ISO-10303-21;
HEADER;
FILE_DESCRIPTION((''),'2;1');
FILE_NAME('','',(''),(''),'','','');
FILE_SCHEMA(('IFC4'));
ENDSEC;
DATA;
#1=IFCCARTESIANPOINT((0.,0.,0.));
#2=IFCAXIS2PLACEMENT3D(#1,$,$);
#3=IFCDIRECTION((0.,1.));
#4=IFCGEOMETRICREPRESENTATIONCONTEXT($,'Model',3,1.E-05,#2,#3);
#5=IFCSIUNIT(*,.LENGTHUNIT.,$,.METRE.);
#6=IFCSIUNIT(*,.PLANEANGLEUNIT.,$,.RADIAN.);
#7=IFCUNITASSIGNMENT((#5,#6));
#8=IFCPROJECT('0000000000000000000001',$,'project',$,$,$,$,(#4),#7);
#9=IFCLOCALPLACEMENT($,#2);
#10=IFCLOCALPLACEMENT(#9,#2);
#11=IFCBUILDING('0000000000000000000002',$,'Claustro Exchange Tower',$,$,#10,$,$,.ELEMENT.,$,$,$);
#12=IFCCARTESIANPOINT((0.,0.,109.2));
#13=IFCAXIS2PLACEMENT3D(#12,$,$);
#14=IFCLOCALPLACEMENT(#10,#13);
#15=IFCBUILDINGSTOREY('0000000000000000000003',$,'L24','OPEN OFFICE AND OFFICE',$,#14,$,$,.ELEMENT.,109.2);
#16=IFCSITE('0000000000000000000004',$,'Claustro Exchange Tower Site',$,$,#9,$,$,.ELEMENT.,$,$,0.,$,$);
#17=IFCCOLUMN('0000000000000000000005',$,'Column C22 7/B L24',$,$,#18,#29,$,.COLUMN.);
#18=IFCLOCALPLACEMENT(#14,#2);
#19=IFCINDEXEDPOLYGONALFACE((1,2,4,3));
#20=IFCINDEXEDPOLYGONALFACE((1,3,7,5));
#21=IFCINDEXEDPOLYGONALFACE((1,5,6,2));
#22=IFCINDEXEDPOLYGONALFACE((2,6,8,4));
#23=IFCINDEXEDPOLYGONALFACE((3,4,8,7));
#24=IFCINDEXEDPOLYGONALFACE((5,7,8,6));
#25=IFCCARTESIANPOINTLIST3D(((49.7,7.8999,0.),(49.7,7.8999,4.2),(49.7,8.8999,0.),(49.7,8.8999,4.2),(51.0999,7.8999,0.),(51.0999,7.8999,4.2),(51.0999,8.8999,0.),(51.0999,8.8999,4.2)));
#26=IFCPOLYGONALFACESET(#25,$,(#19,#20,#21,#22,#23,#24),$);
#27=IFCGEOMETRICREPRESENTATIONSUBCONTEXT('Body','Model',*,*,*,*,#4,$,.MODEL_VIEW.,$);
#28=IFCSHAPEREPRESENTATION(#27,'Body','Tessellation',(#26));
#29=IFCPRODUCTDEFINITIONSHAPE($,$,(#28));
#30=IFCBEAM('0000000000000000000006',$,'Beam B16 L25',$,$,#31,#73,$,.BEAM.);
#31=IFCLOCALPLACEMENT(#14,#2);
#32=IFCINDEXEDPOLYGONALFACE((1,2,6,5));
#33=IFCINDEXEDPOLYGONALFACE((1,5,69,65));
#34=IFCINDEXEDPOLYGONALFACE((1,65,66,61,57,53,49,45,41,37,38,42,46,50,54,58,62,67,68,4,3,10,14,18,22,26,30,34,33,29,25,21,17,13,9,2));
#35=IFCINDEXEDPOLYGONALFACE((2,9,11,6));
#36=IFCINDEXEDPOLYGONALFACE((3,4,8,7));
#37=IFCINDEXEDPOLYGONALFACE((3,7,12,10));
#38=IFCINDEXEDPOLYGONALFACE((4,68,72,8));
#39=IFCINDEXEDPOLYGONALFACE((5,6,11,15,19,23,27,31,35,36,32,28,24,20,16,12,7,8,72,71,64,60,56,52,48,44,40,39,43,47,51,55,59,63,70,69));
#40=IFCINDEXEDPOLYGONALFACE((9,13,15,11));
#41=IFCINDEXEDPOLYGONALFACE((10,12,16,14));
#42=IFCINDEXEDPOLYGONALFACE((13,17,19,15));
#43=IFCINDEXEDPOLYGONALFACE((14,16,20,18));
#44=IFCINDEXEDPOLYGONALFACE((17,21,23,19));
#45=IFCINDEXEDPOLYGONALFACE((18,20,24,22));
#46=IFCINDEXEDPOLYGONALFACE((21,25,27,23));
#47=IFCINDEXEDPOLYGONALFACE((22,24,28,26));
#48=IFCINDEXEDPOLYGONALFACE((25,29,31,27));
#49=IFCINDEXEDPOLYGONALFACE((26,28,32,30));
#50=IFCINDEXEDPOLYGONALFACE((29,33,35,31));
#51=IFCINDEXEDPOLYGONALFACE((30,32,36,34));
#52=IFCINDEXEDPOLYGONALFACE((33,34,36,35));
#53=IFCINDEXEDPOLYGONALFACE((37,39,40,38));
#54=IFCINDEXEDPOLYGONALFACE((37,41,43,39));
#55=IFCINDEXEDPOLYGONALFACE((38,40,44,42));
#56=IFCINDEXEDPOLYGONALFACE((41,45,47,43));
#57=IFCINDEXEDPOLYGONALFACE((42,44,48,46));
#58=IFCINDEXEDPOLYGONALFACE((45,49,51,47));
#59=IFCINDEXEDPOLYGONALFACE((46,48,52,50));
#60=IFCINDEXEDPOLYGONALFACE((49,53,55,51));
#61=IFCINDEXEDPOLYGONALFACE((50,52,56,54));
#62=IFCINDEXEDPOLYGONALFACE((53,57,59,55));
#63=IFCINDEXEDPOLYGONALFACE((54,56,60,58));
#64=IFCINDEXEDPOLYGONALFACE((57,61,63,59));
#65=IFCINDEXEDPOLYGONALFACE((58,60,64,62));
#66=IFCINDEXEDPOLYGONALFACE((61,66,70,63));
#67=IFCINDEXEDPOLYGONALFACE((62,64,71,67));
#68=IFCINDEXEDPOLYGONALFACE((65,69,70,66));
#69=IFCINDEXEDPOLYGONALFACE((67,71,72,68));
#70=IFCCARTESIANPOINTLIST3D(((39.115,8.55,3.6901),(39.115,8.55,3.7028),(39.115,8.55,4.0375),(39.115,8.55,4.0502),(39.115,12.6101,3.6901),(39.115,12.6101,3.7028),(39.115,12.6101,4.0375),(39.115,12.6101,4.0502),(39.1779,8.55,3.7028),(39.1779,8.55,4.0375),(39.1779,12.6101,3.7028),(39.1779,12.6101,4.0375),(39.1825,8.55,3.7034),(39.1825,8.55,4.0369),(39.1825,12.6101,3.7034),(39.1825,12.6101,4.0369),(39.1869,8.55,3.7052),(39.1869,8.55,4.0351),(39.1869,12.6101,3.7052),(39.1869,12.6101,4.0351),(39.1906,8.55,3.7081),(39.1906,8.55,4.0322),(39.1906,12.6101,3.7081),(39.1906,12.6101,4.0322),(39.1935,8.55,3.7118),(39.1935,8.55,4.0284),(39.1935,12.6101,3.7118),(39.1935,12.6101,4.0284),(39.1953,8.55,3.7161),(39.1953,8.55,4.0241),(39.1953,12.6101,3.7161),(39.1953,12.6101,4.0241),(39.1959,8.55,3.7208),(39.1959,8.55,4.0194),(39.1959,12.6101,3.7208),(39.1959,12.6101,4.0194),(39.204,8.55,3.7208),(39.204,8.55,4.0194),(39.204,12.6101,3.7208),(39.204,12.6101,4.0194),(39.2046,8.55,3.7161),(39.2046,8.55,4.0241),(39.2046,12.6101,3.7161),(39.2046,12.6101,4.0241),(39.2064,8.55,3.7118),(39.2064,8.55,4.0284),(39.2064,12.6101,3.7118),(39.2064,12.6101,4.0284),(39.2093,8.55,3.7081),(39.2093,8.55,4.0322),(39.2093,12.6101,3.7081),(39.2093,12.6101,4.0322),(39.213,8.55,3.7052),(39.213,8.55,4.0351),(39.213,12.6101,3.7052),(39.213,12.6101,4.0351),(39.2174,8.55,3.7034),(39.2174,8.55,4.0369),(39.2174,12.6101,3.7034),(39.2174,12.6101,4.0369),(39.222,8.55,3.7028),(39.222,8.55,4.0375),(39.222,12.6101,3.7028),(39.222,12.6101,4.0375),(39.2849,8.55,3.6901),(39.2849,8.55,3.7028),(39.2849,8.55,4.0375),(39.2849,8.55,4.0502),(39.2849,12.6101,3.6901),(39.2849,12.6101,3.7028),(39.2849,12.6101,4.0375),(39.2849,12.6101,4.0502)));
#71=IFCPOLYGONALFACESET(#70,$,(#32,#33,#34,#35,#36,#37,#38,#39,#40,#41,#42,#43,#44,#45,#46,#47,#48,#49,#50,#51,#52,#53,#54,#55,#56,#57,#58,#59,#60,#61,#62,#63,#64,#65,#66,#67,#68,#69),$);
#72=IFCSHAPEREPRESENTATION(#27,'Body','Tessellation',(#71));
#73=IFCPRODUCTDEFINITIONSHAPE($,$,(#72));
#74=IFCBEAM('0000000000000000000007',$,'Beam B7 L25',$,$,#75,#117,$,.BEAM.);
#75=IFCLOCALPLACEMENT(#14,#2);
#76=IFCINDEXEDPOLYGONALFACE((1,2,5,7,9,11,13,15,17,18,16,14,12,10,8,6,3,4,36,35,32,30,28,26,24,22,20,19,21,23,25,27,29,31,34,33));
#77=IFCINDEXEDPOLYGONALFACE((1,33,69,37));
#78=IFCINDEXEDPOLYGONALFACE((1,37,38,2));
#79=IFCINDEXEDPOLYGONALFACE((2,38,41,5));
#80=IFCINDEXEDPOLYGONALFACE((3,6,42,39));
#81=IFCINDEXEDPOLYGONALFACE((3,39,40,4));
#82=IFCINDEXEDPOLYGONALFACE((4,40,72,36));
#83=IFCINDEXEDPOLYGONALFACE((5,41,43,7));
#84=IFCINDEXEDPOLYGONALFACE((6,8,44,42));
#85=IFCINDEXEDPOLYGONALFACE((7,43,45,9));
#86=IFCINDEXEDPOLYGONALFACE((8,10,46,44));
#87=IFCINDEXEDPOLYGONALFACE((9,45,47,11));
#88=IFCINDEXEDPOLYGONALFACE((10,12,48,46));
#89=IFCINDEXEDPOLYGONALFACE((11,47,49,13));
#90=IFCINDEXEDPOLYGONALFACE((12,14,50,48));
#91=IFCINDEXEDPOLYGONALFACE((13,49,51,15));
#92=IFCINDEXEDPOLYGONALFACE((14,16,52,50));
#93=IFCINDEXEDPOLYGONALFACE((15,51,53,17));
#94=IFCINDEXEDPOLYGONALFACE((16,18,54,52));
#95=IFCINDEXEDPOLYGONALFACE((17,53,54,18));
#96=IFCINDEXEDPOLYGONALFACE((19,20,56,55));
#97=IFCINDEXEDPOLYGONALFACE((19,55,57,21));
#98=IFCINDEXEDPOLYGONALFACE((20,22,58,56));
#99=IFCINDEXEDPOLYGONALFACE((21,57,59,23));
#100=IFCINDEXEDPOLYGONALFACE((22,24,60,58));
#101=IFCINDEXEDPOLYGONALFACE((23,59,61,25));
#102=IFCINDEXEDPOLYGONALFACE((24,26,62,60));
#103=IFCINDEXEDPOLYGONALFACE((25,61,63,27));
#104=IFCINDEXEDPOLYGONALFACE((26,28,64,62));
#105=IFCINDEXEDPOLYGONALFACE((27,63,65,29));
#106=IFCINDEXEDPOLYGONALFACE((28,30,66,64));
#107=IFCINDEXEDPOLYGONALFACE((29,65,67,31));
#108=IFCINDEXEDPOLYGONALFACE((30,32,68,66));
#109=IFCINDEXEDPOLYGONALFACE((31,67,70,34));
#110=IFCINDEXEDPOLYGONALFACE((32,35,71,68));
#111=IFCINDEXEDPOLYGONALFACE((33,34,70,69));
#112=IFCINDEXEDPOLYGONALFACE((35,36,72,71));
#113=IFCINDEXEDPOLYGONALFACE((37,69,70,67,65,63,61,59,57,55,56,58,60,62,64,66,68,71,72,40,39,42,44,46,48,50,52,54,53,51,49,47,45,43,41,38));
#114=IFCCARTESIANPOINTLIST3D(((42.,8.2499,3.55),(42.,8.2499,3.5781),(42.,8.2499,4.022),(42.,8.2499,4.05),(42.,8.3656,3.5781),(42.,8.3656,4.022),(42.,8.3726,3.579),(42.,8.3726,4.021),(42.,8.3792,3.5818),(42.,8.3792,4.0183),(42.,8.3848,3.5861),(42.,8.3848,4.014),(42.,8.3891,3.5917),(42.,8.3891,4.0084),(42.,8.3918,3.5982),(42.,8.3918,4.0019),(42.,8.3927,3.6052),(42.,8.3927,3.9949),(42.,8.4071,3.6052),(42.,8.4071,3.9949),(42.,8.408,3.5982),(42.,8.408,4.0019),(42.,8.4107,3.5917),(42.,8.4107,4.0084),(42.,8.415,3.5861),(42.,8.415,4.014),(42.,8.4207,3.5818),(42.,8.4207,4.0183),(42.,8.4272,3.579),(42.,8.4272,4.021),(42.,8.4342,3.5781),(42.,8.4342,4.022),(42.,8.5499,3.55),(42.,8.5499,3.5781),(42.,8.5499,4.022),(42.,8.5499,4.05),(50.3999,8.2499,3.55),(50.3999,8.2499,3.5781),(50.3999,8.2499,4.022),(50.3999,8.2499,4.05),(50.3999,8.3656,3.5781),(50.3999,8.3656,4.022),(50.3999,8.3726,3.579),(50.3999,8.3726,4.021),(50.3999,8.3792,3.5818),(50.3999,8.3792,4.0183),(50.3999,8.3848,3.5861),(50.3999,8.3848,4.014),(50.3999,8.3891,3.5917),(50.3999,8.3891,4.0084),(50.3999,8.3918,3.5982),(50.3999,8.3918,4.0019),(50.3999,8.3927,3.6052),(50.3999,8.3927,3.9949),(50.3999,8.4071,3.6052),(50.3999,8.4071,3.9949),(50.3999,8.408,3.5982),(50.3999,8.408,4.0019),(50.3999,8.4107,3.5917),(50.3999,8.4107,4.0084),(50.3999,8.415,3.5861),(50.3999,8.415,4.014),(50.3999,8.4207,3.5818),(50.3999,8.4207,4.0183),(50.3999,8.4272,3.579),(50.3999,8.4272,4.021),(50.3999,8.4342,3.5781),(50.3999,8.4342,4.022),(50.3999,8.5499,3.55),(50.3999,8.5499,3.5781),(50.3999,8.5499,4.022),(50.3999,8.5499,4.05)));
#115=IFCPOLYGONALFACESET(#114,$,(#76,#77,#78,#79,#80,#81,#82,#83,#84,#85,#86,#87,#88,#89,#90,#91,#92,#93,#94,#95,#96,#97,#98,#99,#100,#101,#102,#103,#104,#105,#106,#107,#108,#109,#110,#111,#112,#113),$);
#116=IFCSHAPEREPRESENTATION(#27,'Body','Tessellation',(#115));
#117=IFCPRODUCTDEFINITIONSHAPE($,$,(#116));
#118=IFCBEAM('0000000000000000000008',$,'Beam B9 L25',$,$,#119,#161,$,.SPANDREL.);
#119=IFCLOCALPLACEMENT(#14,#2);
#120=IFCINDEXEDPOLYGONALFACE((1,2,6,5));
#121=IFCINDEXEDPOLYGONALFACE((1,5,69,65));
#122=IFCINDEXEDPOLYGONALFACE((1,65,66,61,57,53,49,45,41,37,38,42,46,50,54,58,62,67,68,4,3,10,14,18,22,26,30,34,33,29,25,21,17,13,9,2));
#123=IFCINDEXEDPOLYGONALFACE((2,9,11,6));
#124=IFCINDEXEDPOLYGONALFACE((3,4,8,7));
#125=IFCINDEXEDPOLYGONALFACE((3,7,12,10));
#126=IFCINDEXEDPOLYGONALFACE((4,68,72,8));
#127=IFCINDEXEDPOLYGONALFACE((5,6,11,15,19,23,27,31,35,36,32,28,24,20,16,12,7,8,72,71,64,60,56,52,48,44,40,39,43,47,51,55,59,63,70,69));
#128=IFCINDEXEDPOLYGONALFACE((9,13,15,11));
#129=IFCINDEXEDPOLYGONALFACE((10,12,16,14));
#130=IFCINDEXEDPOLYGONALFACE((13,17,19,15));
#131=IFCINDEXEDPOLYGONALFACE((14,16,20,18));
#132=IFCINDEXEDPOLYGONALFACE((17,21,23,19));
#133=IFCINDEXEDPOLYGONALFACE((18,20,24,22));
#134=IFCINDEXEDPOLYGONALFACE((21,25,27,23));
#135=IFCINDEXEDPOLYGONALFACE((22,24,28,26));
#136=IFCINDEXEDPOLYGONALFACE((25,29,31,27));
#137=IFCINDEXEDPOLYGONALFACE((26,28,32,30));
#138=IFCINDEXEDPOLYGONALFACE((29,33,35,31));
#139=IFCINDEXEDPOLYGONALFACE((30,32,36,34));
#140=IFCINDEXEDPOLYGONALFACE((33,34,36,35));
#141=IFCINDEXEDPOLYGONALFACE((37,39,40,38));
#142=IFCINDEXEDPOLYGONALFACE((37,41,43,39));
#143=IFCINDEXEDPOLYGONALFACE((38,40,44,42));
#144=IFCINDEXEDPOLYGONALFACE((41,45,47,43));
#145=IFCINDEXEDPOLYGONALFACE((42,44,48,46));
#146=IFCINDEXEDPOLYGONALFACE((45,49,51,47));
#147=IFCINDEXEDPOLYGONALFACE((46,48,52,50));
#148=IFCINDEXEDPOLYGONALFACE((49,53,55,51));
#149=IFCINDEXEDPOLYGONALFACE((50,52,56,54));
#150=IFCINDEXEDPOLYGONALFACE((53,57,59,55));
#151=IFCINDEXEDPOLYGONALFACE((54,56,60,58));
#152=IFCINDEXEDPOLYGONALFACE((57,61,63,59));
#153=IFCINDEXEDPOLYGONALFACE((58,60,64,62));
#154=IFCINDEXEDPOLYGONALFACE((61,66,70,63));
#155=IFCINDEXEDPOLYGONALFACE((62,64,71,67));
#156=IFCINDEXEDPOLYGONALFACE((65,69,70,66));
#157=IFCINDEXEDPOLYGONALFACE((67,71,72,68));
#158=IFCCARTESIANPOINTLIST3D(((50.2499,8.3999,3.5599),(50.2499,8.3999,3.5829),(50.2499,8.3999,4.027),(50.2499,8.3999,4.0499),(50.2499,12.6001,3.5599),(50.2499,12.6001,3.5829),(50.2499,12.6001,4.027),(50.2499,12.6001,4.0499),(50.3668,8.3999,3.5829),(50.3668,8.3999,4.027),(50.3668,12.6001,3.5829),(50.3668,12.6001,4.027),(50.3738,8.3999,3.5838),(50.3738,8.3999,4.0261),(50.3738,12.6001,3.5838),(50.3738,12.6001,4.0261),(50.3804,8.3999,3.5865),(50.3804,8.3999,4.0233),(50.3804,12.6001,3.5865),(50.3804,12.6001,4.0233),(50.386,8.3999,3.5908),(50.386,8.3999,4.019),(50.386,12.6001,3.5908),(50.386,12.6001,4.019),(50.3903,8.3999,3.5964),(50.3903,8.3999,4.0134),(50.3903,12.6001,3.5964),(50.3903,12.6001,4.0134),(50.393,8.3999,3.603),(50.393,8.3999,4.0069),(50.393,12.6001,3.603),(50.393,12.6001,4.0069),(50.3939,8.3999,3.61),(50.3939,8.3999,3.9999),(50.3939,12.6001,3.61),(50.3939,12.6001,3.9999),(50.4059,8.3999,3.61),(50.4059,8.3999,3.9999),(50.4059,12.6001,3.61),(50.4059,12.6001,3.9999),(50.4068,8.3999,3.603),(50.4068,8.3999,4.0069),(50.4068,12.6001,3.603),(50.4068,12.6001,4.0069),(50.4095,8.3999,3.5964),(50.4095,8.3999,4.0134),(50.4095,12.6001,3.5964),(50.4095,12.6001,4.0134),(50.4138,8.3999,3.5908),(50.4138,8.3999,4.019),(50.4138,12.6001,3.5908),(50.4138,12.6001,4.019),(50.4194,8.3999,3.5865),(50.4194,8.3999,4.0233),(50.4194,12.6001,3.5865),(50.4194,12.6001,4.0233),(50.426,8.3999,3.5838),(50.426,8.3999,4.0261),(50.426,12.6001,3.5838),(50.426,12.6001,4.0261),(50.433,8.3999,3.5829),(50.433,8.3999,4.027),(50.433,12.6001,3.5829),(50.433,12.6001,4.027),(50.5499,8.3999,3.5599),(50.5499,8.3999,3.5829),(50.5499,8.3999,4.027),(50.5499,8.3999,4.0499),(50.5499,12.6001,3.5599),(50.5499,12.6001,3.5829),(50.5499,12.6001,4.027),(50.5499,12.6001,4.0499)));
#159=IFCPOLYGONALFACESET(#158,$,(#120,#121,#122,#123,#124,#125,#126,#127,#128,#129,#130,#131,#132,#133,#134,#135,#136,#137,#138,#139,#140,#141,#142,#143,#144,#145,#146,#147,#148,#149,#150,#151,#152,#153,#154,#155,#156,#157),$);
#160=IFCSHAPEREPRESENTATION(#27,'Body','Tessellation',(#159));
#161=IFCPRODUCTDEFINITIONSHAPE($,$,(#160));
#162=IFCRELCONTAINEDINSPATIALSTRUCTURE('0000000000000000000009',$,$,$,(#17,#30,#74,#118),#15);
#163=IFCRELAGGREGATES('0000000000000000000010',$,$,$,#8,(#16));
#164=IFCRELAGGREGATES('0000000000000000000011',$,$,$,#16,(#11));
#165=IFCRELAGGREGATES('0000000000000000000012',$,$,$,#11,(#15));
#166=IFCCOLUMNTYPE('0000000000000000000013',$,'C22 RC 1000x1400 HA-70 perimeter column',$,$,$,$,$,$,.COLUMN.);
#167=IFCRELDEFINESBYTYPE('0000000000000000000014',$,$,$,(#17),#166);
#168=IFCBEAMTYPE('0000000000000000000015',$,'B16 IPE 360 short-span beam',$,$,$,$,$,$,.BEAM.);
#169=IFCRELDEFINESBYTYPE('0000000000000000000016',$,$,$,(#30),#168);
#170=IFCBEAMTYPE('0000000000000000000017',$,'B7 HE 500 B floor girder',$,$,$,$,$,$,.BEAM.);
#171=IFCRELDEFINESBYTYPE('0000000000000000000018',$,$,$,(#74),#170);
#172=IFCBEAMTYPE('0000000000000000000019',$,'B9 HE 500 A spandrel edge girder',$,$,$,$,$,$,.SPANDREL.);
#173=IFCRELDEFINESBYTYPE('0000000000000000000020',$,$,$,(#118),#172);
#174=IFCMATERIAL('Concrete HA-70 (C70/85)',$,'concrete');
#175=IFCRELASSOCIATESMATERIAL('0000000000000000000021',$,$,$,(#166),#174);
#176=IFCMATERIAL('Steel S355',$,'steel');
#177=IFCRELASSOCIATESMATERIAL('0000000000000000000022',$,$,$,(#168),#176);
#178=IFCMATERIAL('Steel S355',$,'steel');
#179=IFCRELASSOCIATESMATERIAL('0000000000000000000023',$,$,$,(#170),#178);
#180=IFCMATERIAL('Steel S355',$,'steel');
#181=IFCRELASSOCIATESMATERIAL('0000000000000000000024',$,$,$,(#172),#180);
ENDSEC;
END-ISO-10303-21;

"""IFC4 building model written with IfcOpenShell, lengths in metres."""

from ifc_helpers import new_model, si_unit, direction, frame, origin, origin_2d, place, context, subcontext, project, spatial, rectangle, i_section, extrude, material, material_profile, profile_set, type_object, element, save


model = new_model("IFC4")

# Units and contexts
model_context = context("Model", 3, precision=1e-05, world=origin(), true_north=direction((0.0, 1.0)))
body_context = subcontext(model_context, "Body", "Model", "MODEL_VIEW")
ifc_project = project(units=[si_unit("LENGTHUNIT", "METRE"), si_unit("PLANEANGLEUNIT", "RADIAN")], contexts=[model_context])

# Site, building, storey
site_placement = place(None, origin())
site = spatial("IfcSite", under=ifc_project, at=site_placement, Name="Claustro Exchange Tower Site", CompositionType="ELEMENT", RefElevation=0.0)
building_placement = place(site_placement, origin())
building = spatial("IfcBuilding", under=site, at=building_placement, Name="Claustro Exchange Tower", CompositionType="ELEMENT")
storey_placement = place(building_placement, frame((0.0, 0.0, 109.2)))
storey = spatial("IfcBuildingStorey", under=building, at=storey_placement, Name="L24", Description="OPEN OFFICE AND OFFICE", CompositionType="ELEMENT", Elevation=109.2)

# Column
ifc_material_1 = material(Name="Concrete HA-70 (C70/85)", Category="concrete")
ifc_material_profile_1 = material_profile(ifc_material_1, rectangle(XDim=1.0, YDim=1.3999, at=origin_2d()), Name="RC 1000x1400")
ifc_profile_set_1 = profile_set([ifc_material_profile_1], Name="Concrete HA-70 (C70/85)")
column_type = type_object("IfcColumnType", Name="C22 RC 1000x1400 HA-70 perimeter column", PredefinedType="COLUMN", material=ifc_profile_set_1)
column_placement = place(storey_placement, frame((50.3999, 8.3999, 0.0), z_axis=(0.0, 0.0, 1.0), x_axis=(0.0, 1.0, 0.0)))
element("IfcColumn", 1, at=column_placement, inside=storey, type_object=column_type, Name="Column C22 7/B L24", PredefinedType="COLUMN", context=body_context, shape_type="SweptSolid", body=[
    extrude(rectangle(XDim=1.0, YDim=1.3999, at=origin_2d()), origin(), (0.0, 0.0, 1.0), 4.2),
])

# Beams
ifc_material_2 = material(Name="Steel S355", Category="steel")
ifc_material_profile_2 = material_profile(ifc_material_2, i_section(OverallWidth=0.1699, OverallDepth=0.3601, WebThickness=0.0081, FlangeThickness=0.0127, FilletRadius=0.0181, at=origin_2d()), Name="IPE 360")
ifc_profile_set_2 = profile_set([ifc_material_profile_2], Name="Steel S355")
beam_type_1 = type_object("IfcBeamType", Name="B16 IPE 360 short-span beam", PredefinedType="BEAM", material=ifc_profile_set_2)
beam_1_placement = place(storey_placement, frame((39.2, 8.55, 3.8701), z_axis=(0.0, 1.0, 0.0), x_axis=(-1.0, 0.0, 0.0)))
element("IfcBeam", 2, at=beam_1_placement, inside=storey, type_object=beam_type_1, Name="Beam B16 L25", PredefinedType="BEAM", context=body_context, shape_type="SweptSolid", body=[
    extrude(i_section(OverallWidth=0.1699, OverallDepth=0.3601, WebThickness=0.0081, FlangeThickness=0.0127, FilletRadius=0.0181, at=origin_2d()), origin(), (0.0, 0.0, 1.0), 4.0601),
])
ifc_material_3 = material(Name="Steel S355", Category="steel")
ifc_material_profile_3 = material_profile(ifc_material_3, i_section(OverallWidth=0.3, OverallDepth=0.5, WebThickness=0.0144, FlangeThickness=0.0281, FilletRadius=0.0271, at=origin_2d()), Name="HE 500 B")
ifc_profile_set_3 = profile_set([ifc_material_profile_3], Name="Steel S355")
beam_type_2 = type_object("IfcBeamType", Name="B7 HE 500 B floor girder", PredefinedType="BEAM", material=ifc_profile_set_3)
beam_2_placement = place(storey_placement, frame((42.0, 8.3999, 3.8), z_axis=(1.0, 0.0, 0.0), x_axis=(0.0, 1.0, 0.0)))
element("IfcBeam", 3, at=beam_2_placement, inside=storey, type_object=beam_type_2, Name="Beam B7 L25", PredefinedType="BEAM", context=body_context, shape_type="SweptSolid", body=[
    extrude(i_section(OverallWidth=0.3, OverallDepth=0.5, WebThickness=0.0144, FlangeThickness=0.0281, FilletRadius=0.0271, at=origin_2d()), origin(), (0.0, 0.0, 1.0), 8.3999),
])
ifc_material_4 = material(Name="Steel S355", Category="steel")
ifc_material_profile_4 = material_profile(ifc_material_4, i_section(OverallWidth=0.3, OverallDepth=0.49, WebThickness=0.012, FlangeThickness=0.0229, FilletRadius=0.0271, at=origin_2d()), Name="HE 500 A")
ifc_profile_set_4 = profile_set([ifc_material_profile_4], Name="Steel S355")
beam_type_3 = type_object("IfcBeamType", Name="B9 HE 500 A spandrel edge girder", PredefinedType="SPANDREL", material=ifc_profile_set_4)
beam_3_placement = place(storey_placement, frame((50.3999, 8.3999, 3.8049), z_axis=(0.0, 1.0, 0.0), x_axis=(-1.0, 0.0, 0.0)))
element("IfcBeam", 4, at=beam_3_placement, inside=storey, type_object=beam_type_3, Name="Beam B9 L25", PredefinedType="SPANDREL", context=body_context, shape_type="SweptSolid", body=[
    extrude(i_section(OverallWidth=0.3, OverallDepth=0.49, WebThickness=0.012, FlangeThickness=0.0229, FilletRadius=0.0271, at=origin_2d()), origin(), (0.0, 0.0, 1.0), 4.2002),
])

save(model, "model.ifc")
